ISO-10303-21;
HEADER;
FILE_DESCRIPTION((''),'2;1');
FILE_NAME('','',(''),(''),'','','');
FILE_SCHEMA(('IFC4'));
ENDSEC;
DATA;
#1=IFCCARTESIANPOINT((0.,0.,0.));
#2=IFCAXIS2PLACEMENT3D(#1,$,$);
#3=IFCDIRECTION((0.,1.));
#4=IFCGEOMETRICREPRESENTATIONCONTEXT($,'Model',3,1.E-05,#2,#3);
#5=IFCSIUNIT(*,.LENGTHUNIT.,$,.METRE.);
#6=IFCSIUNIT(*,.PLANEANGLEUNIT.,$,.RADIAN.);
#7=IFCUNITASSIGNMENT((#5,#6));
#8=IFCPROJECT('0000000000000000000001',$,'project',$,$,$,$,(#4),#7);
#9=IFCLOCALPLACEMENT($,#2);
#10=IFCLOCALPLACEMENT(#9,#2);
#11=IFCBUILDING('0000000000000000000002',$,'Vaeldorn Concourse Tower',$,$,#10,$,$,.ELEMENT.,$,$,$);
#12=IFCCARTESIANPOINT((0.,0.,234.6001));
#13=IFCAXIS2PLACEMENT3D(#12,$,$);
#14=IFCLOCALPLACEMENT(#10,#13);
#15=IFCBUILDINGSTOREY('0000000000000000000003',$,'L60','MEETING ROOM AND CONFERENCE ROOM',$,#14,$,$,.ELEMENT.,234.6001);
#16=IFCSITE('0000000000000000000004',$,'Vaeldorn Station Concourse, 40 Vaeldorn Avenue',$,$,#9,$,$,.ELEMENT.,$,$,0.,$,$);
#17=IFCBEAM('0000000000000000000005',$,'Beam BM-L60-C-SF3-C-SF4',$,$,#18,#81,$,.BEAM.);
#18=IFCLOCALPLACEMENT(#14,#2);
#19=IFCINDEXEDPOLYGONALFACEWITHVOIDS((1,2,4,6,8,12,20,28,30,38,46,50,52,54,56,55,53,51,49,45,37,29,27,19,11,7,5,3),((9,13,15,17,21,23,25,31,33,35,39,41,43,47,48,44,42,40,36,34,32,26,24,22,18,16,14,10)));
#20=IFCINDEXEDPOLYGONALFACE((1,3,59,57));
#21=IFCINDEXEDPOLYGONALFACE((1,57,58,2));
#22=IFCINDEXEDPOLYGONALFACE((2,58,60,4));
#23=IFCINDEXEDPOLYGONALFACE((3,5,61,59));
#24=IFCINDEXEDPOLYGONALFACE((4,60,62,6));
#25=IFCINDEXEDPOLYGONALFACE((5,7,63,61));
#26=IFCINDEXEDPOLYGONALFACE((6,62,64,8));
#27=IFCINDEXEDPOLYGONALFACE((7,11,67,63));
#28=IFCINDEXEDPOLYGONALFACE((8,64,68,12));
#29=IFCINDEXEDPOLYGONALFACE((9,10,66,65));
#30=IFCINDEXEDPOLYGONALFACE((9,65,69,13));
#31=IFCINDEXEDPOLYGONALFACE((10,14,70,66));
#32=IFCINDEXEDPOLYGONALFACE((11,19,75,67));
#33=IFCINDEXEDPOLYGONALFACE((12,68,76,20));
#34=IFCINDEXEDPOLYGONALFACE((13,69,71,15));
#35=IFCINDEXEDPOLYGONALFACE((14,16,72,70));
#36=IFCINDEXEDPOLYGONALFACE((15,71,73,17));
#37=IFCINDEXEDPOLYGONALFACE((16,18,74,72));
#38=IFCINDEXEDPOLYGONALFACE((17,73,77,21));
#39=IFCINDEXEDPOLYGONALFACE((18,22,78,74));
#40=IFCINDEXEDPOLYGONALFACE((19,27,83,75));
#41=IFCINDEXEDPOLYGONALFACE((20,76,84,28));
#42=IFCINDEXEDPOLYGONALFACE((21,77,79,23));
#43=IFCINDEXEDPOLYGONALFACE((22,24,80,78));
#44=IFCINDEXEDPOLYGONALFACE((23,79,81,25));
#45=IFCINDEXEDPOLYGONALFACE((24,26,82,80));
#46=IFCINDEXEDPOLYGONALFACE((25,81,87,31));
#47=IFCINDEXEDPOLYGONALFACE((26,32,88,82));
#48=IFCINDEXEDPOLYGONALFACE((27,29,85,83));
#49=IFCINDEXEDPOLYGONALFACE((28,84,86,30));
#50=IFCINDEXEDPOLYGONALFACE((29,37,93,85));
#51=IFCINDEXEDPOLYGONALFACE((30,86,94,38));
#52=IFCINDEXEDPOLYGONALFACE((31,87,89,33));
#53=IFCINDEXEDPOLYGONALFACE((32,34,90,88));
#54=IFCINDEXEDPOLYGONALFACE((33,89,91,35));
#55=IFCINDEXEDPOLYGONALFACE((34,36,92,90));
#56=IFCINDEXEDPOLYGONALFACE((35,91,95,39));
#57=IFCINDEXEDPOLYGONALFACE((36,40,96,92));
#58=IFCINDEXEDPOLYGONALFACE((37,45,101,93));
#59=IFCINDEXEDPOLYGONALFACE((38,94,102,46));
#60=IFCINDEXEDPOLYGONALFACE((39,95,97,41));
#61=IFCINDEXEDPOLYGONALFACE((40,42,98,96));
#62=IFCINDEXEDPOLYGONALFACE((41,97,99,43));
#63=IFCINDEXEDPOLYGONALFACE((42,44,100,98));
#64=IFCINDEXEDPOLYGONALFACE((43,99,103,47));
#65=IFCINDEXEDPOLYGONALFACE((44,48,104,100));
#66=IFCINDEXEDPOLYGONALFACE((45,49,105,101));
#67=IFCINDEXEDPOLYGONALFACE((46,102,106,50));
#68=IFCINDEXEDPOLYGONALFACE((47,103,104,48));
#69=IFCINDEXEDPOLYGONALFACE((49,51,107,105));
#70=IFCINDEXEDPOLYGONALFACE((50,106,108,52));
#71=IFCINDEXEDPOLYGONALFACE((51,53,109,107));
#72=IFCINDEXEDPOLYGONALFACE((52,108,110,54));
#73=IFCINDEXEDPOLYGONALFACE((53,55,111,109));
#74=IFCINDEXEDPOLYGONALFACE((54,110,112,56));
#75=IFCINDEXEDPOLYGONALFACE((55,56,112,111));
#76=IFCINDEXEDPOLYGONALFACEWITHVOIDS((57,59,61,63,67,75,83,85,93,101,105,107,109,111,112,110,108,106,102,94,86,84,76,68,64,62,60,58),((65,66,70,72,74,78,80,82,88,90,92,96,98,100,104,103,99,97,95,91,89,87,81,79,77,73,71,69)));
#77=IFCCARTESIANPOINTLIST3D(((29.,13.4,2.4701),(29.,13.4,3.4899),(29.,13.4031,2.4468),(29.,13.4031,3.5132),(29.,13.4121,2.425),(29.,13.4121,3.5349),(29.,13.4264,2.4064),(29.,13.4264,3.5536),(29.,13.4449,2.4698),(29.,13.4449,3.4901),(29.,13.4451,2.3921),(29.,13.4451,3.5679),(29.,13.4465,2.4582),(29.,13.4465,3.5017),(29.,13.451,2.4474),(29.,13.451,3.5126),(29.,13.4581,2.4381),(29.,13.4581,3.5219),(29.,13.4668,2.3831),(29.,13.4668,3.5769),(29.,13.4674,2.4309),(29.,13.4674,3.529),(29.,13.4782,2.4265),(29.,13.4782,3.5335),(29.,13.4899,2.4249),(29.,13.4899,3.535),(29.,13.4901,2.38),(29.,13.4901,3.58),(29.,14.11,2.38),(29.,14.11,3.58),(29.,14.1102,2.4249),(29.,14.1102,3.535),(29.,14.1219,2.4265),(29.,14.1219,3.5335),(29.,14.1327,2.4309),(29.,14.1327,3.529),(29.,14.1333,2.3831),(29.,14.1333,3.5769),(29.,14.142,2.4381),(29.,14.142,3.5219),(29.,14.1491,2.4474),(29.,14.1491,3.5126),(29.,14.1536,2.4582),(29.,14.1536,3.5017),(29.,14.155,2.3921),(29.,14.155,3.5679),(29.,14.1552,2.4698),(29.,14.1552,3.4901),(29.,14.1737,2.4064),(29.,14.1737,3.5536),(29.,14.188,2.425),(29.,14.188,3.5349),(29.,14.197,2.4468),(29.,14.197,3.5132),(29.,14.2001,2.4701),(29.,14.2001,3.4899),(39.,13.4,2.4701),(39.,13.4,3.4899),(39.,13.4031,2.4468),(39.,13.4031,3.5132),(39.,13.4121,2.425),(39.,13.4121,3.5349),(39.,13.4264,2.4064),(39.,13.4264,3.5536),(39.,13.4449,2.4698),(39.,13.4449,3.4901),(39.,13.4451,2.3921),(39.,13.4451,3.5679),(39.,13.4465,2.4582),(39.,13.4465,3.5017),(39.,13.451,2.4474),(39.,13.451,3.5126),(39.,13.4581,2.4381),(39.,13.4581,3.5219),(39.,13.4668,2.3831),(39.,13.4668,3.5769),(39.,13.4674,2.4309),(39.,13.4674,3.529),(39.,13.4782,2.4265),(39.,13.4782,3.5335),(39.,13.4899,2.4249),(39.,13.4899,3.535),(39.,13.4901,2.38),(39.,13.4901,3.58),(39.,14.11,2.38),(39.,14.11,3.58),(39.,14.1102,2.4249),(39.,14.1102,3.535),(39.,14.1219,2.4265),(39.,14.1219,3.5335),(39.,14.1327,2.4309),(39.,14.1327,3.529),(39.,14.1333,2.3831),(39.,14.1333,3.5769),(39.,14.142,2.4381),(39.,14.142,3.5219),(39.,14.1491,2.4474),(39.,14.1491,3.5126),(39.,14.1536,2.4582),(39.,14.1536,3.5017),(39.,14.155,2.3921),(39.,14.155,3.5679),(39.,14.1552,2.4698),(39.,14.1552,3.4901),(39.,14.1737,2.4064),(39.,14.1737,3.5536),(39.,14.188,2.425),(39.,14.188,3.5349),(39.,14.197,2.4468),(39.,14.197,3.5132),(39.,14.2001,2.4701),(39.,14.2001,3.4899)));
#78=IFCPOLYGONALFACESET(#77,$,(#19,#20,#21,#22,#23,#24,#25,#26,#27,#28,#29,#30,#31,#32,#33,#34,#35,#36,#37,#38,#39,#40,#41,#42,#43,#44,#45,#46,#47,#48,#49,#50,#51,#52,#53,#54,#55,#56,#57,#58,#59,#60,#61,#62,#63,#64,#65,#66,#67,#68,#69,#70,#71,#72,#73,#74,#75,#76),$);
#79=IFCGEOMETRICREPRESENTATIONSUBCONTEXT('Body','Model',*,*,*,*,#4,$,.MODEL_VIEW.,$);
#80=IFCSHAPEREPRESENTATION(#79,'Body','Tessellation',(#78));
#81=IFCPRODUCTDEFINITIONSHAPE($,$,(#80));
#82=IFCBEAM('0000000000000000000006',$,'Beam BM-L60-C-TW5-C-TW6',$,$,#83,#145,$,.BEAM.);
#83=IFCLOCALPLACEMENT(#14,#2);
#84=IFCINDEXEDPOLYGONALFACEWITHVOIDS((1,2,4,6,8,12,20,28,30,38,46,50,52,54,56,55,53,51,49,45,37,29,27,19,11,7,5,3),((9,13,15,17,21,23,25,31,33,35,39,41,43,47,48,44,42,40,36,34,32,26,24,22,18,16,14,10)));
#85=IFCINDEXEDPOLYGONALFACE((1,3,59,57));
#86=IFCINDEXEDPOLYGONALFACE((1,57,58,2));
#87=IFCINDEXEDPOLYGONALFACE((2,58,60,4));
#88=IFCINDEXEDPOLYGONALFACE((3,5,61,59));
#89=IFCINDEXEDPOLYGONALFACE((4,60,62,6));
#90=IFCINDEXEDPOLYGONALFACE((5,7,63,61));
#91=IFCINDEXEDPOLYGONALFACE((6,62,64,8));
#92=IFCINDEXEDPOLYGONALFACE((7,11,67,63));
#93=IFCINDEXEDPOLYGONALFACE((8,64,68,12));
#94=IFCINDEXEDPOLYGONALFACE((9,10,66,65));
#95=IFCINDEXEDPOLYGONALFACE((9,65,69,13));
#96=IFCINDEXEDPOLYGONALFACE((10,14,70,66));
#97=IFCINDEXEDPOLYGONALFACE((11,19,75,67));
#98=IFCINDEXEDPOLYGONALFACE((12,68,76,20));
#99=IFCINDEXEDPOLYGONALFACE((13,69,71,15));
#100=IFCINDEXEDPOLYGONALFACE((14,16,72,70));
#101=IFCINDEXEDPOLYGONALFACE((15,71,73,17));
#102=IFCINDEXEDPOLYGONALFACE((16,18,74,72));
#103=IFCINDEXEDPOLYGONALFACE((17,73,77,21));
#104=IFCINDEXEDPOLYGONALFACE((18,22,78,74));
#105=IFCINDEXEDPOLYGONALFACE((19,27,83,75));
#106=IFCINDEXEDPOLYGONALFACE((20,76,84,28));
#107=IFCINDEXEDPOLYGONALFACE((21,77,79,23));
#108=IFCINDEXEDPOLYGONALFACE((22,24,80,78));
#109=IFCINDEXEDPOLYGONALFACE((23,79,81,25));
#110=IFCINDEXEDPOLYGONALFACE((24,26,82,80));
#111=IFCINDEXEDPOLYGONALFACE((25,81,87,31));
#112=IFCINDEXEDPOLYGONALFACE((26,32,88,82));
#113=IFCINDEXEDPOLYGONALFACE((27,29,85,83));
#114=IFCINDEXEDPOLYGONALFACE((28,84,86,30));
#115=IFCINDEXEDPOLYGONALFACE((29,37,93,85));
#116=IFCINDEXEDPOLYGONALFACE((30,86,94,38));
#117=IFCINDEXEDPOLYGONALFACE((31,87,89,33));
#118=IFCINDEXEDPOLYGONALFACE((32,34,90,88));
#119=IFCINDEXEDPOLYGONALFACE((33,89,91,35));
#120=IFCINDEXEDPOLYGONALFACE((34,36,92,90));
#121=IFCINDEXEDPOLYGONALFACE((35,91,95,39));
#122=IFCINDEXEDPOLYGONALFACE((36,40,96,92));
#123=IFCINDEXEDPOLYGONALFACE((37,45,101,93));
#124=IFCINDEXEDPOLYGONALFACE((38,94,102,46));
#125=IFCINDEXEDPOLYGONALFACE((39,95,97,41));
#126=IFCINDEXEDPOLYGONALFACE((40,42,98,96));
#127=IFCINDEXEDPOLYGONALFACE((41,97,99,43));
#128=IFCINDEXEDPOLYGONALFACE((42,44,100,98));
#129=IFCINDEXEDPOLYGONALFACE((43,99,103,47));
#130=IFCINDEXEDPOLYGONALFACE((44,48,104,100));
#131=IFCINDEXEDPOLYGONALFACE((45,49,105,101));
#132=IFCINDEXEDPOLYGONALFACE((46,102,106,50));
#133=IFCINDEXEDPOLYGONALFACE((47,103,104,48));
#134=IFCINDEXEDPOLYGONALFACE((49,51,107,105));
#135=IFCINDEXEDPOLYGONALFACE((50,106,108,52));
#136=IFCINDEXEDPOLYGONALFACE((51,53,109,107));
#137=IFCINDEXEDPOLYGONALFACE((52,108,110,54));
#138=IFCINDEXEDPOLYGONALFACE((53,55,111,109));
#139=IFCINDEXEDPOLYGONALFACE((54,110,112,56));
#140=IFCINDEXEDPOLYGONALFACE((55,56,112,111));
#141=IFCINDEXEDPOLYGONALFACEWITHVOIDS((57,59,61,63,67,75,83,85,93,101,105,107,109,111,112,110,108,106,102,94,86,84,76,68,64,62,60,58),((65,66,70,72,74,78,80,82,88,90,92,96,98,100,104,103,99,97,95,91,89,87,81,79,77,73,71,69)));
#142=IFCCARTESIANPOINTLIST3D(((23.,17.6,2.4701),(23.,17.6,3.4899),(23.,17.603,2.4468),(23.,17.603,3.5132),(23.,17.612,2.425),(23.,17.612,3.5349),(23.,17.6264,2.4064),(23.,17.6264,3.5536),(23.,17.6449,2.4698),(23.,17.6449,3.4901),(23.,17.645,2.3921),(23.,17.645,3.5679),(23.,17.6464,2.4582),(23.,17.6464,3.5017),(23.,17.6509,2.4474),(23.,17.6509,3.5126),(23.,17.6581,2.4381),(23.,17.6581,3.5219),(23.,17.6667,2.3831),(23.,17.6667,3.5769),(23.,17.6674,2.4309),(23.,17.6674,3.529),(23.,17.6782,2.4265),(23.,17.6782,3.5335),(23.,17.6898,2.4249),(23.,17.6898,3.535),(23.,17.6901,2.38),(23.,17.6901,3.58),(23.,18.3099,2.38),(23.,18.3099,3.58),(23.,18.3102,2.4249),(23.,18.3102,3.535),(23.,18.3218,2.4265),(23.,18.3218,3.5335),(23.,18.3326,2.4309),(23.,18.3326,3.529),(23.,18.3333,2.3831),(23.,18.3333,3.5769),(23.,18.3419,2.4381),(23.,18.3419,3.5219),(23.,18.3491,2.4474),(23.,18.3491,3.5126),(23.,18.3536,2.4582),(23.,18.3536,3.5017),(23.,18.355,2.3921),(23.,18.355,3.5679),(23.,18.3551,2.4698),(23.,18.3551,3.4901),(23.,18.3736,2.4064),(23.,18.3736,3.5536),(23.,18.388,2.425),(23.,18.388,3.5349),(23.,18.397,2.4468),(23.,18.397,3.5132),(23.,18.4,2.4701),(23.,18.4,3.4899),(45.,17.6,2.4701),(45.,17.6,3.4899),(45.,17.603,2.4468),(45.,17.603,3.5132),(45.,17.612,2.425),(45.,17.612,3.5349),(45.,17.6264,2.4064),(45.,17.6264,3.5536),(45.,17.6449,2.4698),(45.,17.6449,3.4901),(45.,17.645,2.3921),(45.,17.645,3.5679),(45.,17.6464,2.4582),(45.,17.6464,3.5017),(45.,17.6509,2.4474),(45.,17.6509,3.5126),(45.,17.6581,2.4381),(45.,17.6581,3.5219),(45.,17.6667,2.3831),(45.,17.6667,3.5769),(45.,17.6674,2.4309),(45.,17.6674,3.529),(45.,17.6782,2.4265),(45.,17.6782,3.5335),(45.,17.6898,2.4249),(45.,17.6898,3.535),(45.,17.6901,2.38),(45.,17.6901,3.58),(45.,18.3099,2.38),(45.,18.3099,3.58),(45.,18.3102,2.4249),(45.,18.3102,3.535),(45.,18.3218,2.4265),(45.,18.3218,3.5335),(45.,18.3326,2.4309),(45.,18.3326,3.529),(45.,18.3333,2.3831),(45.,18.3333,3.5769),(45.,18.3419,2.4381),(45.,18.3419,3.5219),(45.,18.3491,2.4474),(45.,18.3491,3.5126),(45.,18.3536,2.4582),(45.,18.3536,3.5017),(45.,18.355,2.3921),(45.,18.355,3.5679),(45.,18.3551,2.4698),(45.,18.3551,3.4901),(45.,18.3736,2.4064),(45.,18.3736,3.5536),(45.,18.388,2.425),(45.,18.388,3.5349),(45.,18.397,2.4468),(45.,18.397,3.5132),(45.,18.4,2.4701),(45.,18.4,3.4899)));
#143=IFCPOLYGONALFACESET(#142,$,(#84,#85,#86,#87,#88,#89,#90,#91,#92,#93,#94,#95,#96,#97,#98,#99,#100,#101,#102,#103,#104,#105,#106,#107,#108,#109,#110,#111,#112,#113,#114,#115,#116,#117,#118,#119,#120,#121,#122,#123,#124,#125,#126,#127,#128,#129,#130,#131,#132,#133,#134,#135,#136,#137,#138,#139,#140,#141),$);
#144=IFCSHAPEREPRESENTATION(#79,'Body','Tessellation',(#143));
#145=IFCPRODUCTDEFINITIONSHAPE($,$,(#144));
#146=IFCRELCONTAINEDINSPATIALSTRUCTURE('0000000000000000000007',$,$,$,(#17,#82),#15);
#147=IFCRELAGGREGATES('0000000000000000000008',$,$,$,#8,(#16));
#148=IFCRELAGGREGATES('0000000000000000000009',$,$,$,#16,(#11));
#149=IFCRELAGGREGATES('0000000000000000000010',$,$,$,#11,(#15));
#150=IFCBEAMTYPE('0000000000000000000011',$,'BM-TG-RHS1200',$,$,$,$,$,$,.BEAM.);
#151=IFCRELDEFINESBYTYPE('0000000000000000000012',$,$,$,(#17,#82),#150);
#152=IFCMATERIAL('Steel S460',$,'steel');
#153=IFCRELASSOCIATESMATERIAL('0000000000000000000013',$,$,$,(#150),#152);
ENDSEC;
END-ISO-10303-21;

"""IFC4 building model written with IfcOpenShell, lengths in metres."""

from ifc_helpers import new_model, si_unit, direction, frame, origin, origin_2d, place, context, subcontext, project, spatial, hollow_rectangle, extrude, source, transform, mapped, material, material_profile, profile_set, type_object, element, save


model = new_model("IFC4")

# Units and contexts
model_context = context("Model", 3, precision=1e-05, world=origin(), true_north=direction((0.0, 1.0)))
body_context = subcontext(model_context, "Body", "Model", "MODEL_VIEW")
ifc_project = project(units=[si_unit("LENGTHUNIT", "METRE"), si_unit("PLANEANGLEUNIT", "RADIAN")], contexts=[model_context])

# Site, building, storey
site_placement = place(None, origin())
site = spatial("IfcSite", under=ifc_project, at=site_placement, Name="Vaeldorn Station Concourse, 40 Vaeldorn Avenue", CompositionType="ELEMENT", RefElevation=0.0)
building_placement = place(site_placement, origin())
building = spatial("IfcBuilding", under=site, at=building_placement, Name="Vaeldorn Concourse Tower", CompositionType="ELEMENT")
storey_placement = place(building_placement, frame((0.0, 0.0, 234.6001)))
storey = spatial("IfcBuildingStorey", under=building, at=storey_placement, Name="L60", Description="MEETING ROOM AND CONFERENCE ROOM", CompositionType="ELEMENT", Elevation=234.6001)

# Beams
ifc_material_1 = material(Name="Steel S460", Category="steel")
ifc_material_profile_1 = material_profile(ifc_material_1, hollow_rectangle(XDim=0.8, YDim=1.2, WallThickness=0.0449, InnerFilletRadius=0.0449, OuterFilletRadius=0.0901, at=origin_2d()), Name="RHS 1200x800x45")
ifc_profile_set_1 = profile_set([ifc_material_profile_1], Name="Steel S460")
beam_type_1 = type_object("IfcBeamType", Name="BM-TG-RHS1200", PredefinedType="BEAM", material=ifc_profile_set_1)
shared_shape_1 = source(origin(), body_context, "Body", "SweptSolid", [
    extrude(hollow_rectangle(XDim=0.8, YDim=1.2, WallThickness=0.0449, InnerFilletRadius=0.0449, OuterFilletRadius=0.0901, at=origin_2d()), origin(), (0.0, 0.0, 1.0), 10.0),
])
beam_1_placement = place(storey_placement, frame((29.0, 13.8, 2.98), z_axis=(1.0, 0.0, 0.0), x_axis=(0.0, 1.0, 0.0)))
element("IfcBeam", 1, at=beam_1_placement, inside=storey, type_object=beam_type_1, Name="Beam BM-L60-C-SF3-C-SF4", PredefinedType="BEAM", context=body_context, shape_type="MappedRepresentation", body=[
    mapped(shared_shape_1, transform((0.0, 0.0, 0.0), scale=1.0)),
])
shared_shape_2 = source(origin(), body_context, "Body", "SweptSolid", [
    extrude(hollow_rectangle(XDim=0.8, YDim=1.2, WallThickness=0.0449, InnerFilletRadius=0.0449, OuterFilletRadius=0.0901, at=origin_2d()), origin(), (0.0, 0.0, 1.0), 22.0),
])
beam_2_placement = place(storey_placement, frame((23.0, 18.0, 2.98), z_axis=(1.0, 0.0, 0.0), x_axis=(0.0, 1.0, 0.0)))
element("IfcBeam", 2, at=beam_2_placement, inside=storey, type_object=beam_type_1, Name="Beam BM-L60-C-TW5-C-TW6", PredefinedType="BEAM", context=body_context, shape_type="MappedRepresentation", body=[
    mapped(shared_shape_2, transform((0.0, 0.0, 0.0), scale=1.0)),
])

save(model, "model.ifc")
